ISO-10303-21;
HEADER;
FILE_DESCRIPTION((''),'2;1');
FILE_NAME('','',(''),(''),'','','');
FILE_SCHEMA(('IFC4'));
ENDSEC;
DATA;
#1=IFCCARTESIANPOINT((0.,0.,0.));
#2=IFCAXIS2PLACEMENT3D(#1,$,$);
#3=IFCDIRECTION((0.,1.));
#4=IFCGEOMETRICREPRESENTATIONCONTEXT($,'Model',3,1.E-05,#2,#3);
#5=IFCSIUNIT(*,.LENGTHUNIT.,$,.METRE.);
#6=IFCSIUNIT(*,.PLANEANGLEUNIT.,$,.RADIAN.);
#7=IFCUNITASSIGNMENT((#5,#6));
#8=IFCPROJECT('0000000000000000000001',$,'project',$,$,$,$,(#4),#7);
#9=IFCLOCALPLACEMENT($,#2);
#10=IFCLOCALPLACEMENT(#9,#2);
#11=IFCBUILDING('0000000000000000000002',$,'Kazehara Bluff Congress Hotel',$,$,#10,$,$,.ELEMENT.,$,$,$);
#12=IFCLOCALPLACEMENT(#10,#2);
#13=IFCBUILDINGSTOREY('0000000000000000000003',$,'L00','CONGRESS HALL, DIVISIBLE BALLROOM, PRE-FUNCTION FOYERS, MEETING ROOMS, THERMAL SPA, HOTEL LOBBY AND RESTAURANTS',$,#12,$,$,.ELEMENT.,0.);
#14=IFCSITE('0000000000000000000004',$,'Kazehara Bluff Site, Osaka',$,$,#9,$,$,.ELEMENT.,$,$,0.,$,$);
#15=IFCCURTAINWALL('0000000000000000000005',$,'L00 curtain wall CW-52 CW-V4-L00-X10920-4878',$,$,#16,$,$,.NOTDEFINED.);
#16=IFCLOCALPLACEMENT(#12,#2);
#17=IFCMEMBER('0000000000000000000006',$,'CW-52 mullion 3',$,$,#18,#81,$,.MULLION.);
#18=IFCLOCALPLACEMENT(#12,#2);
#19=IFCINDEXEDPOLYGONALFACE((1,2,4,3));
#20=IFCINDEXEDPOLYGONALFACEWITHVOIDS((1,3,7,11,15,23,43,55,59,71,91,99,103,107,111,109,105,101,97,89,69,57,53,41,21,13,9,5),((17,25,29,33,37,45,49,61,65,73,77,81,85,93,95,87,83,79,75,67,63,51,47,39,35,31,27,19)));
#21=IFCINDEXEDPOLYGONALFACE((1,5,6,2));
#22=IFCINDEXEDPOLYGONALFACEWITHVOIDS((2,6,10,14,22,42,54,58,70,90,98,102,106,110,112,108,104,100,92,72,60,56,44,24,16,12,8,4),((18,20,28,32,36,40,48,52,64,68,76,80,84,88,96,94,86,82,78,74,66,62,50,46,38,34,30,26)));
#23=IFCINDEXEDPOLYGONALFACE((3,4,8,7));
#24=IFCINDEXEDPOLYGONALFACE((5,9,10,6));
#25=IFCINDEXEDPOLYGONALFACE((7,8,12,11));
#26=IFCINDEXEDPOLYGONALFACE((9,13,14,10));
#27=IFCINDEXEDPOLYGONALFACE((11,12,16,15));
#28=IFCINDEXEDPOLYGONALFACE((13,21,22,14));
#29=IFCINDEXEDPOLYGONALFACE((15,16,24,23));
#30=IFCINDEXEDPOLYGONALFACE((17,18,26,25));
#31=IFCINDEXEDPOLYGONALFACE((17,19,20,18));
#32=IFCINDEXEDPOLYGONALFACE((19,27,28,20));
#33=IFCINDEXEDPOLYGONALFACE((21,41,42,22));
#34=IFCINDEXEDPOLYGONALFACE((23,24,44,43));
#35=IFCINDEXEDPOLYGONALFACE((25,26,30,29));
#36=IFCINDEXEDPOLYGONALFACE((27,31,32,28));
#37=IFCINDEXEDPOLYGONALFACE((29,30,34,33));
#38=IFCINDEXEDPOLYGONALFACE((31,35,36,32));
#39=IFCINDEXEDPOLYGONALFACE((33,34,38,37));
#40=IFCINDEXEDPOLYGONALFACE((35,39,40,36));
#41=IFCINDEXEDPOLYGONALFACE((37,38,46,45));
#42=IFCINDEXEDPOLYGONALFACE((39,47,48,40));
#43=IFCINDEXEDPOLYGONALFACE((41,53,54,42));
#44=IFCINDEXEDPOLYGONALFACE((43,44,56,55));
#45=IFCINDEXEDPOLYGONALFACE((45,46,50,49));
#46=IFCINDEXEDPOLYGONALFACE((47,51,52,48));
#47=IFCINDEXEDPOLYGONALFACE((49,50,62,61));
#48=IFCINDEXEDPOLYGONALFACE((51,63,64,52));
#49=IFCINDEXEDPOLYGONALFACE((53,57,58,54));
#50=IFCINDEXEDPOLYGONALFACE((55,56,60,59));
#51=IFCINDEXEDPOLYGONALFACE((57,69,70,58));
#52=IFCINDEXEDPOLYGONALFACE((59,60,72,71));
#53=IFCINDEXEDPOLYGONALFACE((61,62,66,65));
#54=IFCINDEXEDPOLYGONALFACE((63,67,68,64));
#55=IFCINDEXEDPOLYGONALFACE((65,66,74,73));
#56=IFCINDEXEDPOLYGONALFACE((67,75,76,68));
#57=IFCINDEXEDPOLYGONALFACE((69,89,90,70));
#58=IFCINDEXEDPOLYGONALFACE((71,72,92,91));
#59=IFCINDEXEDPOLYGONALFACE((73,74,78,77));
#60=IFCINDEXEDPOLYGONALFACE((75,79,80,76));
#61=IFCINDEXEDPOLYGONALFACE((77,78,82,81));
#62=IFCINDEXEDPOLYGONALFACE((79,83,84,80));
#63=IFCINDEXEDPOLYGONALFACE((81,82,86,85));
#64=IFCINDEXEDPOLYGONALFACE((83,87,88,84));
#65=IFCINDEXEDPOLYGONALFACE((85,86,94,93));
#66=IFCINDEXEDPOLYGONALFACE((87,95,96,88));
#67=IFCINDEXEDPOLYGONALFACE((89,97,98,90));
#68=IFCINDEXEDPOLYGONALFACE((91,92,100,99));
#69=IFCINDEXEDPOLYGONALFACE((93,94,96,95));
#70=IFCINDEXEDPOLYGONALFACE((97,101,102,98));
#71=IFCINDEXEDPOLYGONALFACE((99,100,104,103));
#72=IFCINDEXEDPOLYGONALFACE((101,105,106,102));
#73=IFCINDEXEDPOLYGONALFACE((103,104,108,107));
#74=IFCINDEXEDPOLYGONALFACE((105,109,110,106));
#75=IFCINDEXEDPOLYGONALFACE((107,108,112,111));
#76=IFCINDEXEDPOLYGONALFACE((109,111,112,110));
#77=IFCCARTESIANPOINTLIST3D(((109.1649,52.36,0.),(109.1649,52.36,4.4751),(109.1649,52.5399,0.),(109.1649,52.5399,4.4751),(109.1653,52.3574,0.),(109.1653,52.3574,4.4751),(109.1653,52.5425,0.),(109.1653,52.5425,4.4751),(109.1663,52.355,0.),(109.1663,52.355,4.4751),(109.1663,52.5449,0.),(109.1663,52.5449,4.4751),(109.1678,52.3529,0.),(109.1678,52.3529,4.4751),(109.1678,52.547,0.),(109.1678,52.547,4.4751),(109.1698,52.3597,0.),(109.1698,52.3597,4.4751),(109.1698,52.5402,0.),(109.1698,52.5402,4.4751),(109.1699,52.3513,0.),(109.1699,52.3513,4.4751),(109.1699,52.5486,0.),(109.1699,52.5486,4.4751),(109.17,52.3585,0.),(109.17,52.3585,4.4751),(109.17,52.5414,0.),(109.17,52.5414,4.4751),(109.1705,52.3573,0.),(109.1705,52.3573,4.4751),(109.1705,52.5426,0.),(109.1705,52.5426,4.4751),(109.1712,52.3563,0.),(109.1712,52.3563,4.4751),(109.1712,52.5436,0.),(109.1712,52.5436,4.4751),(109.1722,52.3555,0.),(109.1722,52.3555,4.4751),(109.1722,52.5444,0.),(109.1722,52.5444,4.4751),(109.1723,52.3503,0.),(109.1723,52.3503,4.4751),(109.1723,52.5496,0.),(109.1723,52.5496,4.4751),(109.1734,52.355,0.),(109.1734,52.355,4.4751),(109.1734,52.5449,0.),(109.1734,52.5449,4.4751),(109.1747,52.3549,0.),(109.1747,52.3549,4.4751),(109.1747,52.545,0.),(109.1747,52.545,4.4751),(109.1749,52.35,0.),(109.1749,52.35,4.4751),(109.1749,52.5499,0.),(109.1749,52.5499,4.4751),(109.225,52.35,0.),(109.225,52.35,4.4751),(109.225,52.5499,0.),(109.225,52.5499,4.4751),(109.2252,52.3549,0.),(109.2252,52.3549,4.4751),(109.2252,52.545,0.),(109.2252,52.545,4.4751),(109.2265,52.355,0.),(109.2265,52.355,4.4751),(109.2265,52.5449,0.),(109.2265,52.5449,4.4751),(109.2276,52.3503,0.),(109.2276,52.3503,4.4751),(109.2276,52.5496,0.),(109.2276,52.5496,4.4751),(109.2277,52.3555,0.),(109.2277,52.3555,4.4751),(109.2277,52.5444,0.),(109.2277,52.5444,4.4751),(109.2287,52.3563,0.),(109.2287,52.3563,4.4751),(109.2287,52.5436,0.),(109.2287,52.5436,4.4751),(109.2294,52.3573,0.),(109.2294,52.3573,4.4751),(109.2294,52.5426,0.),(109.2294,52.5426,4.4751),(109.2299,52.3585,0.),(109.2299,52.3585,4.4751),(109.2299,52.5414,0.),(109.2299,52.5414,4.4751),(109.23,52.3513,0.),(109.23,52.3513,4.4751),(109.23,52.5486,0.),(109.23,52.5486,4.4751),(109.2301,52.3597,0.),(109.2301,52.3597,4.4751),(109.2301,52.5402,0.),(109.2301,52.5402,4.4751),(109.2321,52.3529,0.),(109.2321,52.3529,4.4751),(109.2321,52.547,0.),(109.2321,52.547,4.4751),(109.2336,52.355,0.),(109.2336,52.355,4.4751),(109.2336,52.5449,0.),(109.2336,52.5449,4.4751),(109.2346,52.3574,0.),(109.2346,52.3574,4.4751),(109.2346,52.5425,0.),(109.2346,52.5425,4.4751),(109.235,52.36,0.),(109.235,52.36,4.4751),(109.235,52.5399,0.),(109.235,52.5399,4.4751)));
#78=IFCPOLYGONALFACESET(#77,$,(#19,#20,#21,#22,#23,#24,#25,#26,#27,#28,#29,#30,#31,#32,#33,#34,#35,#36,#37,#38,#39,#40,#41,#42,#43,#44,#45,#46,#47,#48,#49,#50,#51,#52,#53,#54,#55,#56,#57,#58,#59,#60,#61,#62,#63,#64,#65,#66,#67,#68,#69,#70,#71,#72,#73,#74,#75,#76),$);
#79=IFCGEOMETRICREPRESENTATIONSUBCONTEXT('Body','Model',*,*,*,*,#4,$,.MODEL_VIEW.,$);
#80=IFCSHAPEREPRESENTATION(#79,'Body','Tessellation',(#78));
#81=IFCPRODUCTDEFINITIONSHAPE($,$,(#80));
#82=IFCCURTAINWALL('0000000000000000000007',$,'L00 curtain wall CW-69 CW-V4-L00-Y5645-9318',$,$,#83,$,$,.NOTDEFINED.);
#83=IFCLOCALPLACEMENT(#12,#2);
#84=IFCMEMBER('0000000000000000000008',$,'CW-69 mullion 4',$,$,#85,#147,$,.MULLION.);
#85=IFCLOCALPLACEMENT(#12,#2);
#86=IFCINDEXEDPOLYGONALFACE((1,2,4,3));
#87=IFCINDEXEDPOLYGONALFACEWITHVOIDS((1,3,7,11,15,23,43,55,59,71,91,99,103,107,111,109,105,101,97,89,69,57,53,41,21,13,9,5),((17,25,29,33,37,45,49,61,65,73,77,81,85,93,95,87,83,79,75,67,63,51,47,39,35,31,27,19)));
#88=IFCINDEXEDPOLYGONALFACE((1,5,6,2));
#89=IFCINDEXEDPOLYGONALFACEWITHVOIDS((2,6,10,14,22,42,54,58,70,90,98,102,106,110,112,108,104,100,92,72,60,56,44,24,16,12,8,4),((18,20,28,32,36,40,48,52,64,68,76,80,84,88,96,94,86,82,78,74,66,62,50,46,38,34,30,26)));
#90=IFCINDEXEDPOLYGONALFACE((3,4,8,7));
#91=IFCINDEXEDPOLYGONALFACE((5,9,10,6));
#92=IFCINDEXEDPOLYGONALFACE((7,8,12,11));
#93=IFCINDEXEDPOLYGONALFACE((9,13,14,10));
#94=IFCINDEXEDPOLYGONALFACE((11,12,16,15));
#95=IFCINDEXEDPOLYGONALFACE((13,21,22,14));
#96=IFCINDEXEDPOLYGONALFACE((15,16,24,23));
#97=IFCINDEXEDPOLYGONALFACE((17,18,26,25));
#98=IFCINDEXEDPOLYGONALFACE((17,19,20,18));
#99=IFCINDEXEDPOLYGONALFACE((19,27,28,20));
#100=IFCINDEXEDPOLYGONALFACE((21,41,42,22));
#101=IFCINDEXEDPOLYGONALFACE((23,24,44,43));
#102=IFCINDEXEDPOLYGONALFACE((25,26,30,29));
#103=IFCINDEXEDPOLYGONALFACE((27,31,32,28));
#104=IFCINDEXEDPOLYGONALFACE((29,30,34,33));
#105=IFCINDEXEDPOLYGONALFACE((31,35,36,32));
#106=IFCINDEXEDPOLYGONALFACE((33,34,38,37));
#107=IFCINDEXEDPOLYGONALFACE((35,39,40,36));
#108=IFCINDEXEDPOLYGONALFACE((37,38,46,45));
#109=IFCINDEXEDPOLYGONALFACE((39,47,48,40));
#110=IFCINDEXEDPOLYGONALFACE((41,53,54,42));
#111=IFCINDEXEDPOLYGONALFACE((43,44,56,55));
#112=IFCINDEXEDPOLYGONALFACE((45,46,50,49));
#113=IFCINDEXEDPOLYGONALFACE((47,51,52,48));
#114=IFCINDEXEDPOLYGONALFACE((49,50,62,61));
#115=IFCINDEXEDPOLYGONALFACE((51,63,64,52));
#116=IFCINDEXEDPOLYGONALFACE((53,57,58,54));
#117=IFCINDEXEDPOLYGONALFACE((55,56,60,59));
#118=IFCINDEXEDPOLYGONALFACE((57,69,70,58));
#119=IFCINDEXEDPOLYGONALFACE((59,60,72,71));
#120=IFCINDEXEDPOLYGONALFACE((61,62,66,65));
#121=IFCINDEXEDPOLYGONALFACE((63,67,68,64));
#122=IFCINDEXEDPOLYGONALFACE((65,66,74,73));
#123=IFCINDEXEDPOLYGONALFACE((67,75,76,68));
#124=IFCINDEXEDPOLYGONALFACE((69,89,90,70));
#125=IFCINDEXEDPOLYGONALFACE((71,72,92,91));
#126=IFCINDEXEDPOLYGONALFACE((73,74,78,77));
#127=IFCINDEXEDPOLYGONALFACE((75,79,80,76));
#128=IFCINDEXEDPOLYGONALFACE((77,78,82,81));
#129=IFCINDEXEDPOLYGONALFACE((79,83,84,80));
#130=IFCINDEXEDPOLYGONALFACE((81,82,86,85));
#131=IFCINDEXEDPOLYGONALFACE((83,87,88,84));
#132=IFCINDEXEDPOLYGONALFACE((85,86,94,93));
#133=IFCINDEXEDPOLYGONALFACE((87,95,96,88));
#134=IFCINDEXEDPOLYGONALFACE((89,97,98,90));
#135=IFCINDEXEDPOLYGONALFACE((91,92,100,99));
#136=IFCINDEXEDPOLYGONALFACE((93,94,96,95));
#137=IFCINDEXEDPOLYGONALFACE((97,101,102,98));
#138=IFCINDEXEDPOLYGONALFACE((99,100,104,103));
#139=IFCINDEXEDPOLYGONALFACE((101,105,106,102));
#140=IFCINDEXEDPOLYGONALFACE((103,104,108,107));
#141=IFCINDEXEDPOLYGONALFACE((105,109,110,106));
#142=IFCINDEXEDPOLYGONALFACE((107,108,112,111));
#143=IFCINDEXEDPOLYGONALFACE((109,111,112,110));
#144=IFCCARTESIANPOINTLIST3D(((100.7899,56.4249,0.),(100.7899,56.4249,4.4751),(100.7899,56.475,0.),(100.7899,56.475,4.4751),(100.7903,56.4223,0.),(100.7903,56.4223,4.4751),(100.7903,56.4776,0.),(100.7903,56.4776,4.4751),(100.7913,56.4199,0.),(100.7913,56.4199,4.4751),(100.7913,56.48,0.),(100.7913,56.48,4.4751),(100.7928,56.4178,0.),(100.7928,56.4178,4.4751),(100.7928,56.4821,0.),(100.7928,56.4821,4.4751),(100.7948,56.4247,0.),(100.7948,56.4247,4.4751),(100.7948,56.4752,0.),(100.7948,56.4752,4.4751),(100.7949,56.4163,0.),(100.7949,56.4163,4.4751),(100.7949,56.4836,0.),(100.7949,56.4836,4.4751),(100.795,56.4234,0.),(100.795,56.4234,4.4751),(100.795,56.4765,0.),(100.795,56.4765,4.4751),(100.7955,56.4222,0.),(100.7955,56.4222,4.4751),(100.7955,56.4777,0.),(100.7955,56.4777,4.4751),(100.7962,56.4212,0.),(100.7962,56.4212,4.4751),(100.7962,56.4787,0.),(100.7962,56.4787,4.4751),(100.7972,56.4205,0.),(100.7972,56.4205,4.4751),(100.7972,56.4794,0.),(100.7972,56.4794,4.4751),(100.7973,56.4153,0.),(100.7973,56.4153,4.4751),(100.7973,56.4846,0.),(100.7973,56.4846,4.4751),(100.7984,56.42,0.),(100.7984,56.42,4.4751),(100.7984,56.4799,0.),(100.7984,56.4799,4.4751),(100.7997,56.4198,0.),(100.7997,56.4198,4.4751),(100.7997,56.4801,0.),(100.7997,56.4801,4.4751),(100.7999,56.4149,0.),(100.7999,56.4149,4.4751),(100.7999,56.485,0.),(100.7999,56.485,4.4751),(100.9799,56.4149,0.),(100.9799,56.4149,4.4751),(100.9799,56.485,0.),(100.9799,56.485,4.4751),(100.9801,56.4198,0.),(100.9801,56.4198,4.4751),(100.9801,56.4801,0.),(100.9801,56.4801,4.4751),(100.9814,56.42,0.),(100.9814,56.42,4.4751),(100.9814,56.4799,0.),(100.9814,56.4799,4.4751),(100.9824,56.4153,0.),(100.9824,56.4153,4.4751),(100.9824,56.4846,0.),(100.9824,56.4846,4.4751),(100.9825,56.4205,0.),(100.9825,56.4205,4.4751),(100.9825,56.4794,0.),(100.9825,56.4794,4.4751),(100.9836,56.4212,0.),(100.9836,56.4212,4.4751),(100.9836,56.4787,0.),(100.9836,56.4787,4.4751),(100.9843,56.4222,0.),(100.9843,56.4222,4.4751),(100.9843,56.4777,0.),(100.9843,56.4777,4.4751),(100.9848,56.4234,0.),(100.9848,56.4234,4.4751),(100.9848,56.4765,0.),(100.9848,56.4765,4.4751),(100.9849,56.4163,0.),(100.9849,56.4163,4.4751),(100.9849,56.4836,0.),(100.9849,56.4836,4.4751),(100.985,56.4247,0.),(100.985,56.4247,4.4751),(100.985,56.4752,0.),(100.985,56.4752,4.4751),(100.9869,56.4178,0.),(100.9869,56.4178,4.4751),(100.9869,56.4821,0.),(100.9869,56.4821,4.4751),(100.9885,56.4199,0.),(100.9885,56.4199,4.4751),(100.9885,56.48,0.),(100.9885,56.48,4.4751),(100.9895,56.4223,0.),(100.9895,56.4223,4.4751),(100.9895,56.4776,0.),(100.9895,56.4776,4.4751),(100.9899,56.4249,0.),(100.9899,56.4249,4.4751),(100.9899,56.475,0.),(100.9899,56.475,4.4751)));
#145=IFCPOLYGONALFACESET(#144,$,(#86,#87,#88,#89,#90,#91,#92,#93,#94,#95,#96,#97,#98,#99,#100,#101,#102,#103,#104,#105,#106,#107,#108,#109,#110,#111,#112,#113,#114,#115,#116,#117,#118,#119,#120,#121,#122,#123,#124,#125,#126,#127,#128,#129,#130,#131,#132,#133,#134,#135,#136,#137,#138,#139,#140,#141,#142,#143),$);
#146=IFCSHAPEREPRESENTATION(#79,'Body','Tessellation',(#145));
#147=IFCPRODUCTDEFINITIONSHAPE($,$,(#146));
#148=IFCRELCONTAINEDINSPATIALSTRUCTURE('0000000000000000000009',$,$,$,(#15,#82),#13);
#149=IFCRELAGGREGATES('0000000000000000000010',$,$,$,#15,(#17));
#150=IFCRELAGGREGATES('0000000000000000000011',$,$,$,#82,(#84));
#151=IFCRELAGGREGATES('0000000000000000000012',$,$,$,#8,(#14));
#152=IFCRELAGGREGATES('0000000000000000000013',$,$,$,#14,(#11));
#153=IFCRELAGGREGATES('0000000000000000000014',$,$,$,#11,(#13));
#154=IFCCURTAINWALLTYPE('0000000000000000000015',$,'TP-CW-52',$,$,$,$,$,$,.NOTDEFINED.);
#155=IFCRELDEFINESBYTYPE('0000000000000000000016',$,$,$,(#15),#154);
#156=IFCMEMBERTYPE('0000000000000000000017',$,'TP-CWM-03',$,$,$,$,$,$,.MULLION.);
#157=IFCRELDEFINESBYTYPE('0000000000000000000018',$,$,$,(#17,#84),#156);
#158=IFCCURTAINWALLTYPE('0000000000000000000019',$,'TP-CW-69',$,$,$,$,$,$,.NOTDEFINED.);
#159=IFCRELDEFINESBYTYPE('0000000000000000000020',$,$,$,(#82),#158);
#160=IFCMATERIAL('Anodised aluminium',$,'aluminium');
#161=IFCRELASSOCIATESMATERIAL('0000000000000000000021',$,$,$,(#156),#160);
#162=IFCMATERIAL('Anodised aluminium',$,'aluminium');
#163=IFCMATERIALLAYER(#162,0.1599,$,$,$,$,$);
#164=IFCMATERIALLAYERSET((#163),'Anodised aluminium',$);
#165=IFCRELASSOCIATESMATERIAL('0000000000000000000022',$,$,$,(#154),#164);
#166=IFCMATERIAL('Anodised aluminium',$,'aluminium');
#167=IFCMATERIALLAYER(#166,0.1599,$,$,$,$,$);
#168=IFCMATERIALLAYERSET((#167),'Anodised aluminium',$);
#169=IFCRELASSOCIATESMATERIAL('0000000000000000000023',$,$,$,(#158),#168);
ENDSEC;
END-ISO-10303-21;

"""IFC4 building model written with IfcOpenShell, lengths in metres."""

from ifc_helpers import new_model, si_unit, direction, frame, origin, origin_2d, place, context, subcontext, project, spatial, hollow_rectangle, extrude, material, layer, layer_set, material_profile, profile_set, type_object, element, aggregate, save


model = new_model("IFC4")

# Units and contexts
model_context = context("Model", 3, precision=1e-05, world=origin(), true_north=direction((0.0, 1.0)))
body_context = subcontext(model_context, "Body", "Model", "MODEL_VIEW")
ifc_project = project(units=[si_unit("LENGTHUNIT", "METRE"), si_unit("PLANEANGLEUNIT", "RADIAN")], contexts=[model_context])

# Site, building, storey
site_placement = place(None, origin())
site = spatial("IfcSite", under=ifc_project, at=site_placement, Name="Kazehara Bluff Site, Osaka", CompositionType="ELEMENT", RefElevation=0.0)
building_placement = place(site_placement, origin())
building = spatial("IfcBuilding", under=site, at=building_placement, Name="Kazehara Bluff Congress Hotel", CompositionType="ELEMENT")
storey_placement = place(building_placement, origin())
storey = spatial("IfcBuildingStorey", under=building, at=storey_placement, Name="L00", Description="CONGRESS HALL, DIVISIBLE BALLROOM, PRE-FUNCTION FOYERS, MEETING ROOMS, THERMAL SPA, HOTEL LOBBY AND RESTAURANTS", CompositionType="ELEMENT", Elevation=0.0)

# Shared definitions
ifc_material_1 = material(Name="Anodised aluminium", Category="aluminium")
ifc_material_profile_1 = material_profile(ifc_material_1, hollow_rectangle(XDim=0.0701, YDim=0.2, WallThickness=0.0049, InnerFilletRadius=0.0049, OuterFilletRadius=0.01, at=origin_2d()))
ifc_profile_set_1 = profile_set([ifc_material_profile_1], Name="Anodised aluminium")
member_type_1 = type_object("IfcMemberType", Name="TP-CWM-03", PredefinedType="MULLION", material=ifc_profile_set_1)

# Curtain walls, members
ifc_material_2 = material(Name="Anodised aluminium", Category="aluminium")
ifc_layer_1 = layer(ifc_material_2, 0.1599)
ifc_layer_set_1 = layer_set([ifc_layer_1], Name="Anodised aluminium")
curtain_wall_type_1 = type_object("IfcCurtainWallType", Name="TP-CW-52", PredefinedType="NOTDEFINED", material=ifc_layer_set_1)
curtain_wall_1_placement = place(storey_placement, origin())
curtain_wall_1 = element("IfcCurtainWall", 1, at=curtain_wall_1_placement, inside=storey, type_object=curtain_wall_type_1, Name="L00 curtain wall CW-52 CW-V4-L00-X10920-4878", PredefinedType="NOTDEFINED")
member_1_placement = place(storey_placement, frame((109.2, 52.45, 0.0), z_axis=(0.0, 0.0, 1.0), x_axis=(-1.0, 0.0, 0.0)))
member_1 = element("IfcMember", 2, at=member_1_placement, type_object=member_type_1, Name="CW-52 mullion 3", PredefinedType="MULLION", context=body_context, shape_type="SweptSolid", body=[
    extrude(hollow_rectangle(XDim=0.0701, YDim=0.2, WallThickness=0.0049, InnerFilletRadius=0.0049, OuterFilletRadius=0.01, at=origin_2d()), origin(), (0.0, 0.0, 1.0), 4.4751),
])
ifc_material_3 = material(Name="Anodised aluminium", Category="aluminium")
ifc_layer_2 = layer(ifc_material_3, 0.1599)
ifc_layer_set_2 = layer_set([ifc_layer_2], Name="Anodised aluminium")
curtain_wall_type_2 = type_object("IfcCurtainWallType", Name="TP-CW-69", PredefinedType="NOTDEFINED", material=ifc_layer_set_2)
curtain_wall_2_placement = place(storey_placement, origin())
curtain_wall_2 = element("IfcCurtainWall", 3, at=curtain_wall_2_placement, inside=storey, type_object=curtain_wall_type_2, Name="L00 curtain wall CW-69 CW-V4-L00-Y5645-9318", PredefinedType="NOTDEFINED")
member_2_placement = place(storey_placement, frame((100.8899, 56.45, 0.0), z_axis=(0.0, 0.0, 1.0), x_axis=(0.0, 1.0, 0.0)))
member_2 = element("IfcMember", 4, at=member_2_placement, type_object=member_type_1, Name="CW-69 mullion 4", PredefinedType="MULLION", context=body_context, shape_type="SweptSolid", body=[
    extrude(hollow_rectangle(XDim=0.0701, YDim=0.2, WallThickness=0.0049, InnerFilletRadius=0.0049, OuterFilletRadius=0.01, at=origin_2d()), origin(), (0.0, 0.0, 1.0), 4.4751),
])

aggregate(curtain_wall_1, [member_1])

aggregate(curtain_wall_2, [member_2])

save(model, "model.ifc")
